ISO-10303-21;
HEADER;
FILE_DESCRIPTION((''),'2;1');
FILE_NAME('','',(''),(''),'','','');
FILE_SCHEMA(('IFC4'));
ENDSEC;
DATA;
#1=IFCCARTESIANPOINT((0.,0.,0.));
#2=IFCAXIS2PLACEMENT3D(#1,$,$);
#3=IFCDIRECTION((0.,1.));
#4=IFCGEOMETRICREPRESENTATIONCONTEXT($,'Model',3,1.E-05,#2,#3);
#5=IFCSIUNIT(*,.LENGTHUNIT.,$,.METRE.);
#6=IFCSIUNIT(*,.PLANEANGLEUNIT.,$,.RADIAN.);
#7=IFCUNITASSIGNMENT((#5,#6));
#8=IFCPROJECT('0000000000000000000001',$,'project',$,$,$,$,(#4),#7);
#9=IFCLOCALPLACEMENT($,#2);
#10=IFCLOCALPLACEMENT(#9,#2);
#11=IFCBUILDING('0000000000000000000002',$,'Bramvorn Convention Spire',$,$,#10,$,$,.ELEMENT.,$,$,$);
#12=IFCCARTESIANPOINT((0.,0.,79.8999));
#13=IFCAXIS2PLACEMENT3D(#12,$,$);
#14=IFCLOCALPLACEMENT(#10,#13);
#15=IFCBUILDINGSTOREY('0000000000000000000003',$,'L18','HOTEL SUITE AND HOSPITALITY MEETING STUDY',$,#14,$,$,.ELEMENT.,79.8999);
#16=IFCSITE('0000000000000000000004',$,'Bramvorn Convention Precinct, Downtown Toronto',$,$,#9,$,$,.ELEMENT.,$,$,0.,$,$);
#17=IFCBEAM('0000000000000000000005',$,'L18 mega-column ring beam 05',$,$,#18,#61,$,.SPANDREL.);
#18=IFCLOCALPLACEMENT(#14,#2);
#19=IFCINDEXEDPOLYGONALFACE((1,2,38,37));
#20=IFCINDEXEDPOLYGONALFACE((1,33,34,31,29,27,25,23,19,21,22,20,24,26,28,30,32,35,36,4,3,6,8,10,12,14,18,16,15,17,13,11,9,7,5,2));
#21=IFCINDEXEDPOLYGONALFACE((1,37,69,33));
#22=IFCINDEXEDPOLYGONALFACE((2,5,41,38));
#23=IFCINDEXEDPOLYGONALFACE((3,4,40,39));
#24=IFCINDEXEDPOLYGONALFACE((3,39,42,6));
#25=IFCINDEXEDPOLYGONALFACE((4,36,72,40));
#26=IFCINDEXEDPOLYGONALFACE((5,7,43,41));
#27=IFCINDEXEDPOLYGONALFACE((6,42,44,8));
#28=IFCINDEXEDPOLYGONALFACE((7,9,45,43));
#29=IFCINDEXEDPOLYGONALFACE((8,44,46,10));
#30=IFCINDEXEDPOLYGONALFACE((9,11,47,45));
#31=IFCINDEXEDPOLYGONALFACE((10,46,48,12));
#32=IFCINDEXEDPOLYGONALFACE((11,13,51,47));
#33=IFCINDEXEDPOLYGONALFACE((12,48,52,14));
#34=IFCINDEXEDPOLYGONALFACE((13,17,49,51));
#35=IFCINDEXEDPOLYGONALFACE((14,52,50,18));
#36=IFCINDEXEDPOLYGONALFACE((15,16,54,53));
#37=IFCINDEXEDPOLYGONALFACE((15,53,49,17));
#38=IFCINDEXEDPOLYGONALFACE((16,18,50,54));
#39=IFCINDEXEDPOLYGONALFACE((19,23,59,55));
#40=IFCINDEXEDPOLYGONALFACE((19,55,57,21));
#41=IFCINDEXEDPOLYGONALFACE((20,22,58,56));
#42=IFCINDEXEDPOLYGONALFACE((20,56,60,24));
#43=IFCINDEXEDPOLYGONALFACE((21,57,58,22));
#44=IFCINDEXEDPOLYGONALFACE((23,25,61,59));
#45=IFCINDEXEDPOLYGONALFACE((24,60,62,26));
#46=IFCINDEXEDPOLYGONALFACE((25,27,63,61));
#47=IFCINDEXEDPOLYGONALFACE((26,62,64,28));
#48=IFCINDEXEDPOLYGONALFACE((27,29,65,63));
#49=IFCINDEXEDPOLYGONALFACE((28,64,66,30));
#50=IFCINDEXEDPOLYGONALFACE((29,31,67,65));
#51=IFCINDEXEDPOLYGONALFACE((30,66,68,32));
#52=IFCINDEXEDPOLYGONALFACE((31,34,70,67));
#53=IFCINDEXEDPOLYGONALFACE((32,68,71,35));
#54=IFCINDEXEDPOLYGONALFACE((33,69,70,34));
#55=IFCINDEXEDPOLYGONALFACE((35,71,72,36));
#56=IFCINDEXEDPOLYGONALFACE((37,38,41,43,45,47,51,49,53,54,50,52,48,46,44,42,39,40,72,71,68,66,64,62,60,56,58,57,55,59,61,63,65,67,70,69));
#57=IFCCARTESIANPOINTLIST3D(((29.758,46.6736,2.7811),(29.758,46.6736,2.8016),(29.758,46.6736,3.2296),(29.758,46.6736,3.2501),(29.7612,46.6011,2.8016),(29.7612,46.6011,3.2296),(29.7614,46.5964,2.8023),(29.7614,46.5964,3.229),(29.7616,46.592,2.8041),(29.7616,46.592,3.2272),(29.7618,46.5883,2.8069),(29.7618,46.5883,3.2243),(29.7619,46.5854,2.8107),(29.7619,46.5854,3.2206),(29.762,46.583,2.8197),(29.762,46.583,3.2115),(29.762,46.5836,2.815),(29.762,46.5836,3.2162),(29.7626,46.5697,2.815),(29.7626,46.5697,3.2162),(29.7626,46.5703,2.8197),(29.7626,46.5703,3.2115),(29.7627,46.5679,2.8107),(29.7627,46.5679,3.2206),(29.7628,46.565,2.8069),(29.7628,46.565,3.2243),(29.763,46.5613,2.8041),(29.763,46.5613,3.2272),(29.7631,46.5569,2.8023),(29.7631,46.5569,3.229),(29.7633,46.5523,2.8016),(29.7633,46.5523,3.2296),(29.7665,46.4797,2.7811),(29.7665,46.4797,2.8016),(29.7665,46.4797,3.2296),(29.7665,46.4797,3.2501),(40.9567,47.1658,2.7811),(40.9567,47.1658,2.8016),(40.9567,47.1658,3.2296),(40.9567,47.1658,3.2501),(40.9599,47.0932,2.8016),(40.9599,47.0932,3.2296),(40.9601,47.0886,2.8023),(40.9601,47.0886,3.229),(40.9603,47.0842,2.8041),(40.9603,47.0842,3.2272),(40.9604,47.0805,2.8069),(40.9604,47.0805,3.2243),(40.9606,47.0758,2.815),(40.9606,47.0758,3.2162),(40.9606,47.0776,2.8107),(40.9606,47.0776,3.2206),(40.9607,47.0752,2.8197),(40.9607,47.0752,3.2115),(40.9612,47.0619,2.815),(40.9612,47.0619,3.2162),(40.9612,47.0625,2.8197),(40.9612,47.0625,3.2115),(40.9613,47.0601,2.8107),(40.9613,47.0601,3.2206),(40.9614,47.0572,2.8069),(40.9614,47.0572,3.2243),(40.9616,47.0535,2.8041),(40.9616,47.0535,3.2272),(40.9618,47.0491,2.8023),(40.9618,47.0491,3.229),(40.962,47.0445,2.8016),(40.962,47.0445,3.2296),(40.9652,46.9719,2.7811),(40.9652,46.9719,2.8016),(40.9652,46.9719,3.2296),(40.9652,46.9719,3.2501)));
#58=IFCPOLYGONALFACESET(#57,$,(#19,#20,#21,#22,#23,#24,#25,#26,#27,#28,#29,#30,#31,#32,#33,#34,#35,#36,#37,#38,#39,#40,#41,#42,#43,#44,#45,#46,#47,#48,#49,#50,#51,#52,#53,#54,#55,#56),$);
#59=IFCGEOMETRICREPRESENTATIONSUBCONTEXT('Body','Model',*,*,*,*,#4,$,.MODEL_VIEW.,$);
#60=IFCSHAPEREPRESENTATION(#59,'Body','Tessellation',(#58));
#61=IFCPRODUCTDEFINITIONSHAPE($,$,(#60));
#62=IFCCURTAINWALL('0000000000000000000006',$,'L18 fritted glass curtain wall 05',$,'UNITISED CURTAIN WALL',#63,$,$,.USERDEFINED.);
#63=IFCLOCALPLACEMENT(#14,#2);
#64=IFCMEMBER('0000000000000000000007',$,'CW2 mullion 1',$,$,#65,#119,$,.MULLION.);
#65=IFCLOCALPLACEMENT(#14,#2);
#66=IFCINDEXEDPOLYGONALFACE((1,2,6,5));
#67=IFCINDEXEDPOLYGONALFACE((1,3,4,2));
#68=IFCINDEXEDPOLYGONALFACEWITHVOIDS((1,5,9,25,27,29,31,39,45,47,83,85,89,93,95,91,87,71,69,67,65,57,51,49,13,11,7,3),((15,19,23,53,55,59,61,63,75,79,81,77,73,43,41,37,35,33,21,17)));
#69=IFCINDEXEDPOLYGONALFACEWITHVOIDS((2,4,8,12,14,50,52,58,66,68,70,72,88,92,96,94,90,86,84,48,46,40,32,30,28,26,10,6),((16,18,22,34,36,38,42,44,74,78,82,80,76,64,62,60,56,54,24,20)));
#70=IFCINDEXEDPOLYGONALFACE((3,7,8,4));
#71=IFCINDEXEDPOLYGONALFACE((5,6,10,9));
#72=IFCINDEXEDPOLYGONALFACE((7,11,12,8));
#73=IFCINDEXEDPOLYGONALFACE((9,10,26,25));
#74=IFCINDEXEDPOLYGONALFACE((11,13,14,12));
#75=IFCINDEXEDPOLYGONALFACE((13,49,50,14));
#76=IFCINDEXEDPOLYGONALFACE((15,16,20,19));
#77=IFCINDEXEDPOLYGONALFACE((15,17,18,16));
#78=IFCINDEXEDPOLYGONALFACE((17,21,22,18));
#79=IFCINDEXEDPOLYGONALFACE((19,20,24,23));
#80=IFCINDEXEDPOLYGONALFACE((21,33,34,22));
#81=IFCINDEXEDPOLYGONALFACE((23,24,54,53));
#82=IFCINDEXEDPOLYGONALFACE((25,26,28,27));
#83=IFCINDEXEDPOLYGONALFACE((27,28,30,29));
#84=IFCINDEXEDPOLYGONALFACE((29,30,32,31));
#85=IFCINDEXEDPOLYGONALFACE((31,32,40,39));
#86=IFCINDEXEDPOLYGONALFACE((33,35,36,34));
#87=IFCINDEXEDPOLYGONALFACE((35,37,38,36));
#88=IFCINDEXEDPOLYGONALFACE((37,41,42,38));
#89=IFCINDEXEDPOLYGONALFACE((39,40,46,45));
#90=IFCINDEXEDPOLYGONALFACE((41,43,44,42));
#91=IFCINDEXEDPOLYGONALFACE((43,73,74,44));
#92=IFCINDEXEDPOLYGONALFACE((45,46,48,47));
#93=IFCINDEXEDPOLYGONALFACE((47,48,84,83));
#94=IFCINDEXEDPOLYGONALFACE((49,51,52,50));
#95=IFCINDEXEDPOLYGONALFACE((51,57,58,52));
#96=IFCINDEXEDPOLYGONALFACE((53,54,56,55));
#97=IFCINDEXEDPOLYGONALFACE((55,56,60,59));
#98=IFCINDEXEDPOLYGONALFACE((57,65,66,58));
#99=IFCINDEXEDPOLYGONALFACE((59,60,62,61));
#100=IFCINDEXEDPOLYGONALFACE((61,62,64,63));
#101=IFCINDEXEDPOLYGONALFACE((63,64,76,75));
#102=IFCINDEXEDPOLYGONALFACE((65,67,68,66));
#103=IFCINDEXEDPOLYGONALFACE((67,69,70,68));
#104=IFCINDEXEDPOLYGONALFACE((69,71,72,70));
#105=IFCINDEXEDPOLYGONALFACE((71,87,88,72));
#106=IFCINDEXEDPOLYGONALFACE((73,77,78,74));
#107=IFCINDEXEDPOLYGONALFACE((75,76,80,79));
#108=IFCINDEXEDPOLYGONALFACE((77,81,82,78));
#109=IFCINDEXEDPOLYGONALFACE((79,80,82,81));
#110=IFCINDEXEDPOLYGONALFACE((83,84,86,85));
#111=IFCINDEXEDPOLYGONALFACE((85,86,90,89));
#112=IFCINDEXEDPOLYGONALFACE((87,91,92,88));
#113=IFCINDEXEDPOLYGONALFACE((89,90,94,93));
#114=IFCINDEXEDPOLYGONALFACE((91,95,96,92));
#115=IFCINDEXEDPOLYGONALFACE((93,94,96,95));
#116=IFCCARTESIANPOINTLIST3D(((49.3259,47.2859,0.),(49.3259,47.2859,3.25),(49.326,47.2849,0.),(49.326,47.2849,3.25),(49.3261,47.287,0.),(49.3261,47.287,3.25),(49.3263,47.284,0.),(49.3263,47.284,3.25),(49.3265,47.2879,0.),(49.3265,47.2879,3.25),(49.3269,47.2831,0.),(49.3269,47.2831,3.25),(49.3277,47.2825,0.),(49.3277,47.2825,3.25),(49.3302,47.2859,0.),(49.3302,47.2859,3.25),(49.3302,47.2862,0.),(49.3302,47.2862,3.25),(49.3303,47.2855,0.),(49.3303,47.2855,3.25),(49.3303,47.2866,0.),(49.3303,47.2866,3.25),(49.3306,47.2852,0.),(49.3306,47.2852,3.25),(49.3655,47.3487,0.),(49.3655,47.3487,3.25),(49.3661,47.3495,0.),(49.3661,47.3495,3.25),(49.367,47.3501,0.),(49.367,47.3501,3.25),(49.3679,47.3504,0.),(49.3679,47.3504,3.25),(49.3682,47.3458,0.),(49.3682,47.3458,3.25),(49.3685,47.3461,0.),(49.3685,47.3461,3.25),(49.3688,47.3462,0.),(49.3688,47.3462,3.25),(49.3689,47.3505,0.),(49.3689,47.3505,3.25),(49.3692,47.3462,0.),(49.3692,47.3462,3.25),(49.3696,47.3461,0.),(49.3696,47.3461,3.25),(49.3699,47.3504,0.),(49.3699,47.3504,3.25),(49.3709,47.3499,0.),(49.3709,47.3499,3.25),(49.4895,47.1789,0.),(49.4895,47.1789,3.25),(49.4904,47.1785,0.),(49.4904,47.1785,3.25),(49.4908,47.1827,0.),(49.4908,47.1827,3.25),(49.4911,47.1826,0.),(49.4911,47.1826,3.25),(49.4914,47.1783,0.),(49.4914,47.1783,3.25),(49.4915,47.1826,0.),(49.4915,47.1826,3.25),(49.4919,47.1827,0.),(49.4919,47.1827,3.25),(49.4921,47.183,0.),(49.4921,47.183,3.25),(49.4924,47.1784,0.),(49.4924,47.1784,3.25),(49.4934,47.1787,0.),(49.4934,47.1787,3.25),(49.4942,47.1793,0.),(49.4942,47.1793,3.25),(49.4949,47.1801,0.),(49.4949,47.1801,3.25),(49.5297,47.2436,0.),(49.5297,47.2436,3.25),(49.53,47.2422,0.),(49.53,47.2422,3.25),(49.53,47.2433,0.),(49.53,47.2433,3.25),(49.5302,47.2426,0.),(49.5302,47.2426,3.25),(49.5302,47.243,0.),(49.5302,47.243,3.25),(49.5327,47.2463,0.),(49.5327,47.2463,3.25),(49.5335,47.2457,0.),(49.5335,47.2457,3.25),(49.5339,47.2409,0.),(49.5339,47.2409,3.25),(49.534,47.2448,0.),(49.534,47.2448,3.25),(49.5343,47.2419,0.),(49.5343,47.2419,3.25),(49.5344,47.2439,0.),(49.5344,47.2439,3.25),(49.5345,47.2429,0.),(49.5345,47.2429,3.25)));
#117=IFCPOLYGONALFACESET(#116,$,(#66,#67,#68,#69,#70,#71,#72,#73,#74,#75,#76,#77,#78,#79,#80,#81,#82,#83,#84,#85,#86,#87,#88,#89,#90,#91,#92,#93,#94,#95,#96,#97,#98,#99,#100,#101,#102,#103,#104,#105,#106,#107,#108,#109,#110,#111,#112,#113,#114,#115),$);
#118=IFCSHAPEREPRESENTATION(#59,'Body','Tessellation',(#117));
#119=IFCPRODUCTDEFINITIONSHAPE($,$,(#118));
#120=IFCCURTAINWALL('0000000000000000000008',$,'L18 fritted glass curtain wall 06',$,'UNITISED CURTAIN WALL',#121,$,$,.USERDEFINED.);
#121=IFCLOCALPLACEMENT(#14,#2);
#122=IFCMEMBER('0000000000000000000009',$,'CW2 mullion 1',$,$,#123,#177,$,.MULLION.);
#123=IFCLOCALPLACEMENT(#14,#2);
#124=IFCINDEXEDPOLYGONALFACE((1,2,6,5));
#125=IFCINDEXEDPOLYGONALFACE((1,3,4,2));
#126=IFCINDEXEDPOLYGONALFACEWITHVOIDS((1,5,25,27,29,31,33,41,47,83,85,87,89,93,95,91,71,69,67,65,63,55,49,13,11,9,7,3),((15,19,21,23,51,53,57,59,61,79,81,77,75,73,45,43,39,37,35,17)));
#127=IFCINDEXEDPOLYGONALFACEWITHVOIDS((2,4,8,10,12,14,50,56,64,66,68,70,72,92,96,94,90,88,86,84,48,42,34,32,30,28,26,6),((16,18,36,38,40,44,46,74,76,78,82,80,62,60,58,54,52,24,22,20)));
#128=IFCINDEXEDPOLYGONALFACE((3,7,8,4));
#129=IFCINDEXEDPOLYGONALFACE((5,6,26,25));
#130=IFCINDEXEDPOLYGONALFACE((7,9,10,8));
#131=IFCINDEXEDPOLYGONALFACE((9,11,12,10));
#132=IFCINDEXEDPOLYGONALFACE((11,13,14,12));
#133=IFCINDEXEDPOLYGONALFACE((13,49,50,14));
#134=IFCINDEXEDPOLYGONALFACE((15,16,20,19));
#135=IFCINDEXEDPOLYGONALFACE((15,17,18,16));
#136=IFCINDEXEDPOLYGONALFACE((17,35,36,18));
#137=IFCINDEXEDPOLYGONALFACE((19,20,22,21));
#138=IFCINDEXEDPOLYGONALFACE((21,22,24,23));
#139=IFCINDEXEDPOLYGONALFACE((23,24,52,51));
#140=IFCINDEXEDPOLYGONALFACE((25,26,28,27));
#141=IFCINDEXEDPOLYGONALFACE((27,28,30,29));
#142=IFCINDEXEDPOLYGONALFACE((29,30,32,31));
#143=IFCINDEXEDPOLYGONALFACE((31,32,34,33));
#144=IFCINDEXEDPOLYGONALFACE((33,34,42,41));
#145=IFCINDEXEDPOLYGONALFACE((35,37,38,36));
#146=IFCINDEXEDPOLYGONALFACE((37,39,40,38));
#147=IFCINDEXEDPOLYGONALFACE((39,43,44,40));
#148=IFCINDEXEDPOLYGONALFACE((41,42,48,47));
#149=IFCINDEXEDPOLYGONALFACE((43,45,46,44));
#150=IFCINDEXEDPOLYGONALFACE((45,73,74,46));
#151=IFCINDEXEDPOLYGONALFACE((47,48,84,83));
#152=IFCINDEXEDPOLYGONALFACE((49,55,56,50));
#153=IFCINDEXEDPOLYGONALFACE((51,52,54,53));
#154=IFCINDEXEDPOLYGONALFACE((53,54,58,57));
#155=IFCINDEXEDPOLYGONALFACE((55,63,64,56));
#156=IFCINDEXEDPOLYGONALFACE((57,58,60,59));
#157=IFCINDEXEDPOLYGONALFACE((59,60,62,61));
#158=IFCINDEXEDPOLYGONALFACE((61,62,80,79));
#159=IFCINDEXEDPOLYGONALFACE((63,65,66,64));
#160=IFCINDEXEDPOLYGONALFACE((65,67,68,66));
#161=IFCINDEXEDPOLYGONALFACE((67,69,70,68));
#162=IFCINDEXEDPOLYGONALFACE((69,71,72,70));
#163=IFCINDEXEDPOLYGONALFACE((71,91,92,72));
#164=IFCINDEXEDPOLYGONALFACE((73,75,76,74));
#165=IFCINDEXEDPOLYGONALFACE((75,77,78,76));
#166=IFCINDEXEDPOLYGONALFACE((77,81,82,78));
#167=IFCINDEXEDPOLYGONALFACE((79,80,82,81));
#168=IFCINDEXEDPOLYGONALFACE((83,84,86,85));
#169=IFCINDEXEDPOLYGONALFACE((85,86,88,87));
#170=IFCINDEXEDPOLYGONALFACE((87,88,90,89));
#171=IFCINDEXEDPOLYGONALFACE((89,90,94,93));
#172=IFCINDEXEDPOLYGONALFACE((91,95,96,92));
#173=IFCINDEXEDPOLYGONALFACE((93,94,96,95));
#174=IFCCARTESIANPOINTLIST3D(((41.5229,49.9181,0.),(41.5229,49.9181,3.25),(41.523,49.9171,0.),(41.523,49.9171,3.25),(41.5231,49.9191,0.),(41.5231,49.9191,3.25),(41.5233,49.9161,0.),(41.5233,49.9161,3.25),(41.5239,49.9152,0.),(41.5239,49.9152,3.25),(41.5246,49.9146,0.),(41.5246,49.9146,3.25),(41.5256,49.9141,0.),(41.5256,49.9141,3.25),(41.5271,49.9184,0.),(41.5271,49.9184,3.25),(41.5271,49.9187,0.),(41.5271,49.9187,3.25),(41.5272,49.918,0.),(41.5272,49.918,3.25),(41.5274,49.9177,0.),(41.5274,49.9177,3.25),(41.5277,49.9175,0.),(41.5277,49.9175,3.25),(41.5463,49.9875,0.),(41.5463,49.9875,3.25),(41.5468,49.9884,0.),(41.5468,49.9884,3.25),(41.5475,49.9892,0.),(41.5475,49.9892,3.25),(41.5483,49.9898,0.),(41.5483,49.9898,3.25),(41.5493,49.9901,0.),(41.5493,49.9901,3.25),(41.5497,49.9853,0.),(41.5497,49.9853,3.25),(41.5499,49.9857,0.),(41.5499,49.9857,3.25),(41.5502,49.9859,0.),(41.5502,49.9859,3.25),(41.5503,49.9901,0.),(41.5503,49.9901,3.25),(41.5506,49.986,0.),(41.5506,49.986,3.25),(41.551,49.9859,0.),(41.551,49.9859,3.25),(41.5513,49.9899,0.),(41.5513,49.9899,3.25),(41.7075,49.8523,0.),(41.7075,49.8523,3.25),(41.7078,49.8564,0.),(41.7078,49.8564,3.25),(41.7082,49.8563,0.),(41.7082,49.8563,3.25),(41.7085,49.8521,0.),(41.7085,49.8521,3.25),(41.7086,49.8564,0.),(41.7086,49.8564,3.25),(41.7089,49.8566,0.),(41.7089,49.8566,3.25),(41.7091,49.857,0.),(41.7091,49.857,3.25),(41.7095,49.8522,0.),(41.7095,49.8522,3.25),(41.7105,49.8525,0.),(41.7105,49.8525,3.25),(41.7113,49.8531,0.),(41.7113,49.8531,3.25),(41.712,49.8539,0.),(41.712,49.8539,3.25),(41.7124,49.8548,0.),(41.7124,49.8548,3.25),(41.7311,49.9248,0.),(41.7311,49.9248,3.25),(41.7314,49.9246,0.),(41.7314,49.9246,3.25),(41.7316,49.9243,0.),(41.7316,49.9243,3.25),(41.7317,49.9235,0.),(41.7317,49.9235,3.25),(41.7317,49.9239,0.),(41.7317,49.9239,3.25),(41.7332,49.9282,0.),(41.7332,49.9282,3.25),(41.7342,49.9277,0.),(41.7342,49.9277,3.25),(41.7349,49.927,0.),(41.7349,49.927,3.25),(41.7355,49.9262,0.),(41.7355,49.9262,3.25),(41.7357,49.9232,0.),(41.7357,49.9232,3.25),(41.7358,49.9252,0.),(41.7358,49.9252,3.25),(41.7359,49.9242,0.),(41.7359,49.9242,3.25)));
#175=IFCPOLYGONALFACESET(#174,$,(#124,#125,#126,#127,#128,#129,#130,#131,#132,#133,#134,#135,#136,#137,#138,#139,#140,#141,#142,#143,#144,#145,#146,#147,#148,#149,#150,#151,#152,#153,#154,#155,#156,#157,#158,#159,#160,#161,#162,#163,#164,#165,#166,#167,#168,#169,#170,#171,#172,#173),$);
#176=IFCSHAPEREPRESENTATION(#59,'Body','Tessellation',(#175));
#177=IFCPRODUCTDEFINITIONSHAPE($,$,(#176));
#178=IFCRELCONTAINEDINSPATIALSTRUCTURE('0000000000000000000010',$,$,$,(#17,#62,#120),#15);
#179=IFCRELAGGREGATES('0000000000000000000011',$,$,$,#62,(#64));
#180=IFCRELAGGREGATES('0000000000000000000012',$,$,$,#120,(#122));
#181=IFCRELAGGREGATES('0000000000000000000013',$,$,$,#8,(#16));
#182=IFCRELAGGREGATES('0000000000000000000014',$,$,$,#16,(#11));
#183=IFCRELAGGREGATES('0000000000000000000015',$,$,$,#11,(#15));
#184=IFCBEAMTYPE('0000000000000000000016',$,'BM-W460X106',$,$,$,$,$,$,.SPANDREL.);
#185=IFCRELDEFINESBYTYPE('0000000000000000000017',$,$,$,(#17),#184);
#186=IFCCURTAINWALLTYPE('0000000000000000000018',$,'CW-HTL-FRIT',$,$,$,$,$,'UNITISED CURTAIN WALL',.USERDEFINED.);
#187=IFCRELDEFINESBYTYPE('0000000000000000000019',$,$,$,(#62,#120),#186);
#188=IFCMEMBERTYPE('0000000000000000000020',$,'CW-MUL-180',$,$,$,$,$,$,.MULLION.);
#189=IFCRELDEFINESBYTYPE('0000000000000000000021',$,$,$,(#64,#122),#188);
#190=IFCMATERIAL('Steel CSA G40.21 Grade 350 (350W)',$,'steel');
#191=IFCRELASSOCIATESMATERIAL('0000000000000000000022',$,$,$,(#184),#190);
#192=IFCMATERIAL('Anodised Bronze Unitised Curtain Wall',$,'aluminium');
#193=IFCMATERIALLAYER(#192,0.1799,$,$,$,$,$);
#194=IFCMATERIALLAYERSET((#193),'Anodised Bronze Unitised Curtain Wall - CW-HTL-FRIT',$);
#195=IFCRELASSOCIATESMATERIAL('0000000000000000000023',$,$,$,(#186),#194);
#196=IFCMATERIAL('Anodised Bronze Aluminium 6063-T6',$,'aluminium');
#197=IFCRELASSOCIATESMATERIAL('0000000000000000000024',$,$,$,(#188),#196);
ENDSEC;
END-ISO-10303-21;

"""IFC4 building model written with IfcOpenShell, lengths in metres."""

from ifc_helpers import new_model, si_unit, direction, frame, origin, origin_2d, place, context, subcontext, project, spatial, hollow_rectangle, i_section, extrude, material, layer, layer_set, material_profile, profile_set, type_object, element, aggregate, save


model = new_model("IFC4")

# Units and contexts
model_context = context("Model", 3, precision=1e-05, world=origin(), true_north=direction((0.0, 1.0)))
body_context = subcontext(model_context, "Body", "Model", "MODEL_VIEW")
ifc_project = project(units=[si_unit("LENGTHUNIT", "METRE"), si_unit("PLANEANGLEUNIT", "RADIAN")], contexts=[model_context])

# Site, building, storey
site_placement = place(None, origin())
site = spatial("IfcSite", under=ifc_project, at=site_placement, Name="Bramvorn Convention Precinct, Downtown Toronto", CompositionType="ELEMENT", RefElevation=0.0)
building_placement = place(site_placement, origin())
building = spatial("IfcBuilding", under=site, at=building_placement, Name="Bramvorn Convention Spire", CompositionType="ELEMENT")
storey_placement = place(building_placement, frame((0.0, 0.0, 79.8999)))
storey = spatial("IfcBuildingStorey", under=building, at=storey_placement, Name="L18", Description="HOTEL SUITE AND HOSPITALITY MEETING STUDY", CompositionType="ELEMENT", Elevation=79.8999)

# Shared definitions
ifc_material_1 = material(Name="Steel CSA G40.21 Grade 350 (350W)", Category="steel")

# Beam
ifc_material_profile_1 = material_profile(ifc_material_1, i_section(OverallWidth=0.1941, OverallDepth=0.469, WebThickness=0.0127, FlangeThickness=0.0205, FilletRadius=0.0181, at=origin_2d()))
ifc_profile_set_1 = profile_set([ifc_material_profile_1], Name="Steel CSA G40.21 Grade 350 (350W) - W460X106")
beam_type_1 = type_object("IfcBeamType", Name="BM-W460X106", PredefinedType="SPANDREL", material=ifc_profile_set_1)
beam_1_placement = place(storey_placement, frame((40.9609, 47.0688, 3.0156), z_axis=(-0.999036, -0.043908, 0.0), x_axis=(0.043908, -0.999036, 0.0)))
element("IfcBeam", 1, at=beam_1_placement, inside=storey, type_object=beam_type_1, Name="L18 mega-column ring beam 05", PredefinedType="SPANDREL", context=body_context, shape_type="SweptSolid", body=[
    extrude(i_section(OverallWidth=0.1941, OverallDepth=0.469, WebThickness=0.0127, FlangeThickness=0.0205, FilletRadius=0.0181, at=origin_2d()), origin(), (0.0, 0.0, 1.0), 11.2095),
])

# Curtain wall, member
ifc_material_2 = material(Name="Anodised Bronze Unitised Curtain Wall", Category="aluminium")
ifc_layer_1 = layer(ifc_material_2, 0.1799)
ifc_layer_set_1 = layer_set([ifc_layer_1], Name="Anodised Bronze Unitised Curtain Wall - CW-HTL-FRIT")
curtain_wall_type = type_object("IfcCurtainWallType", Name="CW-HTL-FRIT", ElementType="UNITISED CURTAIN WALL", PredefinedType="USERDEFINED", material=ifc_layer_set_1)
curtain_wall_1_placement = place(storey_placement, origin())
curtain_wall_1 = element("IfcCurtainWall", 2, at=curtain_wall_1_placement, inside=storey, type_object=curtain_wall_type, Name="L18 fritted glass curtain wall 05", ObjectType="UNITISED CURTAIN WALL", PredefinedType="USERDEFINED")
ifc_material_3 = material(Name="Anodised Bronze Aluminium 6063-T6", Category="aluminium")
ifc_material_profile_2 = material_profile(ifc_material_3, hollow_rectangle(XDim=0.0801, YDim=0.2, WallThickness=0.0039, InnerFilletRadius=0.001, OuterFilletRadius=0.0039, at=origin_2d()))
ifc_profile_set_2 = profile_set([ifc_material_profile_2], Name="Anodised Bronze Aluminium 6063-T6 - CWM80X200")
member_type_1 = type_object("IfcMemberType", Name="CW-MUL-180", PredefinedType="MULLION", material=ifc_profile_set_2)
member_1_placement = place(storey_placement, frame((49.4302, 47.2644, 0.0), z_axis=(0.0, 0.0, 1.0), x_axis=(0.539153, 0.842208, 0.0)))
member_1 = element("IfcMember", 3, at=member_1_placement, type_object=member_type_1, Name="CW2 mullion 1", PredefinedType="MULLION", context=body_context, shape_type="SweptSolid", body=[
    extrude(hollow_rectangle(XDim=0.0801, YDim=0.2, WallThickness=0.0039, InnerFilletRadius=0.001, OuterFilletRadius=0.0039, at=origin_2d()), origin(), (0.0, 0.0, 1.0), 3.25),
])

# Curtain wall, member
curtain_wall_2_placement = place(storey_placement, origin())
curtain_wall_2 = element("IfcCurtainWall", 4, at=curtain_wall_2_placement, inside=storey, type_object=curtain_wall_type, Name="L18 fritted glass curtain wall 06", ObjectType="UNITISED CURTAIN WALL", PredefinedType="USERDEFINED")
member_2_placement = place(storey_placement, frame((41.6294, 49.9211, 0.0), z_axis=(0.0, 0.0, 1.0), x_axis=(0.321548, 0.946893, 0.0)))
member_2 = element("IfcMember", 5, at=member_2_placement, type_object=member_type_1, Name="CW2 mullion 1", PredefinedType="MULLION", context=body_context, shape_type="SweptSolid", body=[
    extrude(hollow_rectangle(XDim=0.0801, YDim=0.2, WallThickness=0.0039, InnerFilletRadius=0.001, OuterFilletRadius=0.0039, at=origin_2d()), origin(), (0.0, 0.0, 1.0), 3.25),
])

aggregate(curtain_wall_1, [member_1])
aggregate(curtain_wall_2, [member_2])

save(model, "model.ifc")
